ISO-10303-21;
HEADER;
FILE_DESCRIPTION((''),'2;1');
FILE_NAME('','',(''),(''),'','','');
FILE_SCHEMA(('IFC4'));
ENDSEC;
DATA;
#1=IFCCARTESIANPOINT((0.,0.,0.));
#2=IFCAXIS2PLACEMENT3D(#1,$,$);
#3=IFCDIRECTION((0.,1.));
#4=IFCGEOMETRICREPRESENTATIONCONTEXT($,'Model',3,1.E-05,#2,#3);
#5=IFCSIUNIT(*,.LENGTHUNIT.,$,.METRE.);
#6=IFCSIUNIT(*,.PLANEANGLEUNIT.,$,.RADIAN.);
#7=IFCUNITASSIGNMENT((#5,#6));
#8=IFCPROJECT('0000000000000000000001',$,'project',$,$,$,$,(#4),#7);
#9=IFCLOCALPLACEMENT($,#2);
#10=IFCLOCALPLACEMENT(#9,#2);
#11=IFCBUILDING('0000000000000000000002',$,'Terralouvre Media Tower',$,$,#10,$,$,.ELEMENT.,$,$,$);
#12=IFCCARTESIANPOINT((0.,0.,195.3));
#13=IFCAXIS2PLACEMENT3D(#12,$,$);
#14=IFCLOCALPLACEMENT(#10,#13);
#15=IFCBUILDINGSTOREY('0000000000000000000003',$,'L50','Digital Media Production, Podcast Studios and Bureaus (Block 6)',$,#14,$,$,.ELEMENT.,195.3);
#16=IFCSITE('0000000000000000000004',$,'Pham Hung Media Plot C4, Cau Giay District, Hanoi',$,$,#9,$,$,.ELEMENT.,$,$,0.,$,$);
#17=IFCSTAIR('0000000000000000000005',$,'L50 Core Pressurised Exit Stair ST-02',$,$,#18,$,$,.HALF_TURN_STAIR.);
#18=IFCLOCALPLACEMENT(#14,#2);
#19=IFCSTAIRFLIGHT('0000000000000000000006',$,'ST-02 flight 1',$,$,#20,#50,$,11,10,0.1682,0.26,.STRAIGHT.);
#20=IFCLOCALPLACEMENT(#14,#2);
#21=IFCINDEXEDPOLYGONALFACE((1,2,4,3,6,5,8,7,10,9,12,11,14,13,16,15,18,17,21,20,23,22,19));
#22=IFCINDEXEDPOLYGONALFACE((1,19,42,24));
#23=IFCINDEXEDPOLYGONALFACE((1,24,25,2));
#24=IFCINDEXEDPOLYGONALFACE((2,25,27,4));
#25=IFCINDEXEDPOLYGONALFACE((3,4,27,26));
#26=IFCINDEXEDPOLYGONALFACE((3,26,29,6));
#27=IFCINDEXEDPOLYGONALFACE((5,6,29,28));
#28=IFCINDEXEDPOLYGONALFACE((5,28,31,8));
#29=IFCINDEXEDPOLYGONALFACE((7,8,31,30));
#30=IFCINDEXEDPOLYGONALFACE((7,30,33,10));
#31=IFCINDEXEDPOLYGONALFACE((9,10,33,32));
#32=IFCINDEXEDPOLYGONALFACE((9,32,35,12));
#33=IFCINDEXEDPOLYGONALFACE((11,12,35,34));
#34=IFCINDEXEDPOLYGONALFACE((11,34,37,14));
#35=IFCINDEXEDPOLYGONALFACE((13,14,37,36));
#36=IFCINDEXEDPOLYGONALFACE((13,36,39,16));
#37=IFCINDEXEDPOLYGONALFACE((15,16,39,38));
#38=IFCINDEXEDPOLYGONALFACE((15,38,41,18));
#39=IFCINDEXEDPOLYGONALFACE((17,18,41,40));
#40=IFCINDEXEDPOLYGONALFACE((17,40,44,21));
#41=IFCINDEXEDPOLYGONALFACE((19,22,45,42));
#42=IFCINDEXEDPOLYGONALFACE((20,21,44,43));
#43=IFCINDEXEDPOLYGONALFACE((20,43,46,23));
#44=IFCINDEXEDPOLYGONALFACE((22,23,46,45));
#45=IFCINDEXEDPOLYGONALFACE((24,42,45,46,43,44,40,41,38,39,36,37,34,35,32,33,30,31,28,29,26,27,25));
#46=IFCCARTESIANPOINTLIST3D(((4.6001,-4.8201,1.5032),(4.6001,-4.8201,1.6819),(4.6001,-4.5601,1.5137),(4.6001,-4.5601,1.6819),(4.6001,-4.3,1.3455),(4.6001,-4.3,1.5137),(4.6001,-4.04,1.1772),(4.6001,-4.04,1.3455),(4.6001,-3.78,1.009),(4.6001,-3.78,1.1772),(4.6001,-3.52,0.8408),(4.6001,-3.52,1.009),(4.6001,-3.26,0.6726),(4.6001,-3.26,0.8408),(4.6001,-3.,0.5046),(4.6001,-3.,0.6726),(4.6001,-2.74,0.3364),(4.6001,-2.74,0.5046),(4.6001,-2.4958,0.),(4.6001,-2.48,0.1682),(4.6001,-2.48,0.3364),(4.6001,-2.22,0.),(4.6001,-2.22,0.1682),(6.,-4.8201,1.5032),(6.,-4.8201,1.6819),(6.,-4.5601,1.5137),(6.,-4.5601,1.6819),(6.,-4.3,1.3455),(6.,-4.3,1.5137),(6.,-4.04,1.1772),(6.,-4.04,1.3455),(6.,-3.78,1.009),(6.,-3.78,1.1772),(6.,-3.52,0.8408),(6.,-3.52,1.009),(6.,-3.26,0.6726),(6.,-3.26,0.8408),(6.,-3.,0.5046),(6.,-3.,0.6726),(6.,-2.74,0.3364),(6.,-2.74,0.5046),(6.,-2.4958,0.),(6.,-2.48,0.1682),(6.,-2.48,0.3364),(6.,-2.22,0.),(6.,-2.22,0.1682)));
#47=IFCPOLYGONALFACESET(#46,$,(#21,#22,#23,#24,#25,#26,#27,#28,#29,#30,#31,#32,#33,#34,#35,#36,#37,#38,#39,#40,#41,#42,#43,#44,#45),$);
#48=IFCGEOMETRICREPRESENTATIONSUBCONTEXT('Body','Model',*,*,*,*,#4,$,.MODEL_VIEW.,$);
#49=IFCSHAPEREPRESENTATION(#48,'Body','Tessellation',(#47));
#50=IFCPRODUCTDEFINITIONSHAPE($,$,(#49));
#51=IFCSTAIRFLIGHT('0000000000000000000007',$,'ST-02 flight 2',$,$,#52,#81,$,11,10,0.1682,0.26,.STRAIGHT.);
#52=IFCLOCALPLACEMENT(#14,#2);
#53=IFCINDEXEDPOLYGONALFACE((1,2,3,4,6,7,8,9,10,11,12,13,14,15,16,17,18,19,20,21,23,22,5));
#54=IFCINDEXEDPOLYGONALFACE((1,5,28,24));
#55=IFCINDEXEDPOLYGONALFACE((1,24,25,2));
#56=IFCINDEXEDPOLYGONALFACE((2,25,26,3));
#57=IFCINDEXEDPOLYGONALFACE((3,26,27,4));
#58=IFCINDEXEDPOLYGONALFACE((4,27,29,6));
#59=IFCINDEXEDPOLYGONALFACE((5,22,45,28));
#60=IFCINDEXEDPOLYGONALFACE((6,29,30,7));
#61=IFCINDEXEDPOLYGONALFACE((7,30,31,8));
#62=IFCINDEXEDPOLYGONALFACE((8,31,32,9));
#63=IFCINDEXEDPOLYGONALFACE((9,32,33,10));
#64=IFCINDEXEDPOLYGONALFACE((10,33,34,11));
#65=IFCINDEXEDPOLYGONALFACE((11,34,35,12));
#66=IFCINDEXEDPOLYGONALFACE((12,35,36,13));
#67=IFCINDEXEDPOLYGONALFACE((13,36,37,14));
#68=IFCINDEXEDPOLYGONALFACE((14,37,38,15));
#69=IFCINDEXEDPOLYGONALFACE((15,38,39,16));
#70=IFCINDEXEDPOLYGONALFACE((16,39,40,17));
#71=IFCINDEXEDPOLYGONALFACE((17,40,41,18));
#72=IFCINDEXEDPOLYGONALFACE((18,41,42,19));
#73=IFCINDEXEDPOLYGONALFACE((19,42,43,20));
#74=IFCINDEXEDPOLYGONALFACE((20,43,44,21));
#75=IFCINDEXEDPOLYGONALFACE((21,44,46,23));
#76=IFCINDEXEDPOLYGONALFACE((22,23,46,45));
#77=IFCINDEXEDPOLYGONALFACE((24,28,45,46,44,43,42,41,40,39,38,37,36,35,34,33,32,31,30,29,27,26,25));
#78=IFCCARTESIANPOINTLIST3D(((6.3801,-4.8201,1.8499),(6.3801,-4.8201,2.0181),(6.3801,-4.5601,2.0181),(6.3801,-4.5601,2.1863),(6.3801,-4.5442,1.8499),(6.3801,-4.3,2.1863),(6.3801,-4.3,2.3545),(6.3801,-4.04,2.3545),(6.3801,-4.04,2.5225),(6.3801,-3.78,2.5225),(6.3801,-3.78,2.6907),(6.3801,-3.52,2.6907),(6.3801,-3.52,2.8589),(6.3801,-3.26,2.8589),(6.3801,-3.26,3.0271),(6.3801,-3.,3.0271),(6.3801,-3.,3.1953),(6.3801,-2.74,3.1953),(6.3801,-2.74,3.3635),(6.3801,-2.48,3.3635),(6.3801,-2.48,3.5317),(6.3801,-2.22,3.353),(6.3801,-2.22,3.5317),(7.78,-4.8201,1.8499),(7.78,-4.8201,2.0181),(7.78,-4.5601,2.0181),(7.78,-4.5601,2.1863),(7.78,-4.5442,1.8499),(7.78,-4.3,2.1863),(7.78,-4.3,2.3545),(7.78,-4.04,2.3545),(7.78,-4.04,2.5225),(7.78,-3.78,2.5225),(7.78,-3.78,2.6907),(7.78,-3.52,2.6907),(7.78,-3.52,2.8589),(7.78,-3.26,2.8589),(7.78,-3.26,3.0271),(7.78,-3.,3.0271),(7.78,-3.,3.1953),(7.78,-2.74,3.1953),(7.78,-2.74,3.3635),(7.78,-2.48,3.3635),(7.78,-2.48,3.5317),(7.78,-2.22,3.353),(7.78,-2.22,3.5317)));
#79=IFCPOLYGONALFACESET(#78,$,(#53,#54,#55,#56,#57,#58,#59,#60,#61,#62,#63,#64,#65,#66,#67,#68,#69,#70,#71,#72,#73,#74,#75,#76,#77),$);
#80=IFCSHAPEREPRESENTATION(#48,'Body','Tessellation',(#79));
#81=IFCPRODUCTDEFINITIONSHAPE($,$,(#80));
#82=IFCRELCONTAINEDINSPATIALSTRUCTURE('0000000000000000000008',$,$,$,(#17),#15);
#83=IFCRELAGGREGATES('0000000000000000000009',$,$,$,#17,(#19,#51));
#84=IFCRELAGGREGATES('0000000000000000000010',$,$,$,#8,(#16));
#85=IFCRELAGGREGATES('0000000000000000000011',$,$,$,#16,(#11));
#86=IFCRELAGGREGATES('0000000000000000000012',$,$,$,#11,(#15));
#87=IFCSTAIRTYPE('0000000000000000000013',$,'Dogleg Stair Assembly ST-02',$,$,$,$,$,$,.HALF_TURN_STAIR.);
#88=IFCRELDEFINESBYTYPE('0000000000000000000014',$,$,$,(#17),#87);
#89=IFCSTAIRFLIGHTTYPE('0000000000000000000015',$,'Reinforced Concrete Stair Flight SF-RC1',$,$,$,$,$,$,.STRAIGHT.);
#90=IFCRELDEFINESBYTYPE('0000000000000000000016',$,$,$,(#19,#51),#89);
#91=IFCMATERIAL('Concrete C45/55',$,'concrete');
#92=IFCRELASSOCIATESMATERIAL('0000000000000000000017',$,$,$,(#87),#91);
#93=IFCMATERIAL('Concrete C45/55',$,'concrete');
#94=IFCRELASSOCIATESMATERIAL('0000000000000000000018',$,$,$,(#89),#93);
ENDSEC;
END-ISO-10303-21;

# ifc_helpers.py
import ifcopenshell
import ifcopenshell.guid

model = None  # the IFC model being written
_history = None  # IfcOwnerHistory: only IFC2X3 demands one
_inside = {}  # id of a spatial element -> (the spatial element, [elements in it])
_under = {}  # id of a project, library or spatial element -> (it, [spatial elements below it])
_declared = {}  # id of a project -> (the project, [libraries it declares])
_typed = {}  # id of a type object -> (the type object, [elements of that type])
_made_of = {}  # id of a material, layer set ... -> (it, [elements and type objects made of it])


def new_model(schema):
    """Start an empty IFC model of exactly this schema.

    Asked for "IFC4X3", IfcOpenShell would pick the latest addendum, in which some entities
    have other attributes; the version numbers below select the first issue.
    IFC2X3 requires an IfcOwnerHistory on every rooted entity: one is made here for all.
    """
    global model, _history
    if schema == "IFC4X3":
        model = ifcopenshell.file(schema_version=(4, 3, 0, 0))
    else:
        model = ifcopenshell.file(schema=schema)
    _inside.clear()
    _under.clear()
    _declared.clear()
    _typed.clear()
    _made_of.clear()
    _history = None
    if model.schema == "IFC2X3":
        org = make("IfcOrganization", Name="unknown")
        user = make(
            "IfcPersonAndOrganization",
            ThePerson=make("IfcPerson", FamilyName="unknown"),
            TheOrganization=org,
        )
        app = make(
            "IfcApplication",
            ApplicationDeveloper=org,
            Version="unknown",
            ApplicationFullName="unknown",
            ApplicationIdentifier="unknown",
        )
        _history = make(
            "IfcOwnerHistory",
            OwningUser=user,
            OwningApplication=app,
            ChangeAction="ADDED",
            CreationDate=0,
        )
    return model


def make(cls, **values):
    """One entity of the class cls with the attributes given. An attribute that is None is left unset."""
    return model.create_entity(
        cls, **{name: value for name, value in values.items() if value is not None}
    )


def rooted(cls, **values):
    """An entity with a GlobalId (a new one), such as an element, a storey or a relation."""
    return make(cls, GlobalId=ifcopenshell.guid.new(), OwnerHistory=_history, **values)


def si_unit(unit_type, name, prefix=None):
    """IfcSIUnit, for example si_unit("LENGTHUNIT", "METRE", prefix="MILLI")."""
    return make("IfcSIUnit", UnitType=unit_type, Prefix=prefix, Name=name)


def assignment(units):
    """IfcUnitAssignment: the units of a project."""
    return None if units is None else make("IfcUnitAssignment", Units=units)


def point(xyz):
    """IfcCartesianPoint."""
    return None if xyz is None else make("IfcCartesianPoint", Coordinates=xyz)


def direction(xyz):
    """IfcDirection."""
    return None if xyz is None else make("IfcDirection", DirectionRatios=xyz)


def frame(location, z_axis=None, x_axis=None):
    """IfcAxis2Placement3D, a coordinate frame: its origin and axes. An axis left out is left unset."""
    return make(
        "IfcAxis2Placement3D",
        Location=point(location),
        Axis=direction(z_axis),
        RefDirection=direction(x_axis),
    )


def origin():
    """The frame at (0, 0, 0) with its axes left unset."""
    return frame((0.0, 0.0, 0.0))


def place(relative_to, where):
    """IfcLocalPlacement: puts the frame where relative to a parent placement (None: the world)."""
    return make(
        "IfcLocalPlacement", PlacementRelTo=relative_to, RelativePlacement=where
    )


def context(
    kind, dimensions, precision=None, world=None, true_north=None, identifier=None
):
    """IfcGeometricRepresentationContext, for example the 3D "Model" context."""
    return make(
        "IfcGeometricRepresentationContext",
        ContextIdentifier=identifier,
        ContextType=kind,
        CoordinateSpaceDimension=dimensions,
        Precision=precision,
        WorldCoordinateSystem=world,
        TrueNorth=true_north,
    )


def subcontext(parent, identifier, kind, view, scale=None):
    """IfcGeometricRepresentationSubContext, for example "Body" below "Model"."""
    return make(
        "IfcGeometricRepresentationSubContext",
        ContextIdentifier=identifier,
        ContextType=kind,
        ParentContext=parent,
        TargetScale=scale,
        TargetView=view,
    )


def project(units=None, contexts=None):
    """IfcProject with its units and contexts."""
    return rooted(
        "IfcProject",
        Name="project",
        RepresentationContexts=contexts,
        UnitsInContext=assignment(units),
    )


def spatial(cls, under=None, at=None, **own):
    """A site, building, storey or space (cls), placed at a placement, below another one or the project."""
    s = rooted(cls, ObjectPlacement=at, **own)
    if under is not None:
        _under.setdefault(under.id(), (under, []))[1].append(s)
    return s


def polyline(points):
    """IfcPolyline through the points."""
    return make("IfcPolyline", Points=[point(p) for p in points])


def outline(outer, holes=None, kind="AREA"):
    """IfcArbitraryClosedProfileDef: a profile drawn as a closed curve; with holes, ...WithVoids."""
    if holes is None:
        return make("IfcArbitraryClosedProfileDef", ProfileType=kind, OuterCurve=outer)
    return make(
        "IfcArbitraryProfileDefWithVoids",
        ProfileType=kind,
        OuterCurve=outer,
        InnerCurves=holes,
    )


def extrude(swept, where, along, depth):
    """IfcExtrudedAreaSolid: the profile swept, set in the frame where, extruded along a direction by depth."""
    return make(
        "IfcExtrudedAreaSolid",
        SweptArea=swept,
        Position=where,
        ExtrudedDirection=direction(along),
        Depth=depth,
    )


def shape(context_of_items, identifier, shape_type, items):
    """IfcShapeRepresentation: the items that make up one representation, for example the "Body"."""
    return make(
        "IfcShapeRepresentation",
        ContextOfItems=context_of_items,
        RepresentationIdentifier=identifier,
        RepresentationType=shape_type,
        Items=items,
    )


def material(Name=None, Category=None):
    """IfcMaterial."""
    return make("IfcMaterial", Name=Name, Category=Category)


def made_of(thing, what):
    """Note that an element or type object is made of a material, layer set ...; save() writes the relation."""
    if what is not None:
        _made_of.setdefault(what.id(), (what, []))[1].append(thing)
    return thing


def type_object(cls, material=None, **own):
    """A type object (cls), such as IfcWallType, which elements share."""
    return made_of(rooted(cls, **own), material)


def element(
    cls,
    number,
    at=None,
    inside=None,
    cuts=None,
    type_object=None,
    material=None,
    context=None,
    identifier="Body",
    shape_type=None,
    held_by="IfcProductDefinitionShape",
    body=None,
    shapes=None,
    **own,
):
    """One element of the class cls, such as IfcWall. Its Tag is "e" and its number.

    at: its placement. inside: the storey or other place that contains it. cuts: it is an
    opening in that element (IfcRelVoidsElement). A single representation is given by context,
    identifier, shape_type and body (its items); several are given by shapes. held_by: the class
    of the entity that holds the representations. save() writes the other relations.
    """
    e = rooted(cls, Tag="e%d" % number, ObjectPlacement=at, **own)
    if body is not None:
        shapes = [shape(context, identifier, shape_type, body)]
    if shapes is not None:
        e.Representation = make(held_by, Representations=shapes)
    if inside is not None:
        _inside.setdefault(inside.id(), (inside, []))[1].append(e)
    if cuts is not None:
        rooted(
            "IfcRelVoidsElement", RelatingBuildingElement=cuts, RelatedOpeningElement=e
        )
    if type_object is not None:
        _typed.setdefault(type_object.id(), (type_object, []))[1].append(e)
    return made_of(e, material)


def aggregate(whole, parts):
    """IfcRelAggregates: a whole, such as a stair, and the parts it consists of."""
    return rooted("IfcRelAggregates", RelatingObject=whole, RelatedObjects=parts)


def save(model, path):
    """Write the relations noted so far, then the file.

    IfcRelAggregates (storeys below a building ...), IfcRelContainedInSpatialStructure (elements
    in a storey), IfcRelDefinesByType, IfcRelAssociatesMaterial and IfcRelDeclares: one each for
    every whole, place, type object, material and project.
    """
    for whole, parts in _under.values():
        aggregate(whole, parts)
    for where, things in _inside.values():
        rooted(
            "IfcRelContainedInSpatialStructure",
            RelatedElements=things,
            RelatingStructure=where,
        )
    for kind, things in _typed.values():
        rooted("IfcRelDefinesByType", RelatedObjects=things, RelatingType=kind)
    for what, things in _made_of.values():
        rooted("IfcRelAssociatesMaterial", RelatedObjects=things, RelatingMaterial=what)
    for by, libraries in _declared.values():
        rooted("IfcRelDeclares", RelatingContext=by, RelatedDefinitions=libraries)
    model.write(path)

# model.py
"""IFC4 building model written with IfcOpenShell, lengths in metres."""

from ifc_helpers import new_model, si_unit, direction, frame, origin, place, context, subcontext, project, spatial, polyline, outline, extrude, material, type_object, element, aggregate, save


model = new_model("IFC4")

# Units and contexts
model_context = context("Model", 3, precision=1e-05, world=origin(), true_north=direction((0.0, 1.0)))
body_context = subcontext(model_context, "Body", "Model", "MODEL_VIEW")
ifc_project = project(units=[si_unit("LENGTHUNIT", "METRE"), si_unit("PLANEANGLEUNIT", "RADIAN")], contexts=[model_context])

# Site, building, storey
site_placement = place(None, origin())
site = spatial("IfcSite", under=ifc_project, at=site_placement, Name="Pham Hung Media Plot C4, Cau Giay District, Hanoi", CompositionType="ELEMENT", RefElevation=0.0)
building_placement = place(site_placement, origin())
building = spatial("IfcBuilding", under=site, at=building_placement, Name="Terralouvre Media Tower", CompositionType="ELEMENT")
storey_placement = place(building_placement, frame((0.0, 0.0, 195.3)))
storey = spatial("IfcBuildingStorey", under=building, at=storey_placement, Name="L50", Description="Digital Media Production, Podcast Studios and Bureaus (Block 6)", CompositionType="ELEMENT", Elevation=195.3)

# Stair
ifc_material_1 = material(Name="Concrete C45/55", Category="concrete")
stair_type_1 = type_object("IfcStairType", Name="Dogleg Stair Assembly ST-02", PredefinedType="HALF_TURN_STAIR", material=ifc_material_1)
stair_1_placement = place(storey_placement, origin())
stair_1 = element("IfcStair", 1, at=stair_1_placement, inside=storey, type_object=stair_type_1, Name="L50 Core Pressurised Exit Stair ST-02", PredefinedType="HALF_TURN_STAIR")

# Stair flights
ifc_material_2 = material(Name="Concrete C45/55", Category="concrete")
stair_flight_type = type_object("IfcStairFlightType", Name="Reinforced Concrete Stair Flight SF-RC1", PredefinedType="STRAIGHT", material=ifc_material_2)
stair_flight_1_placement = place(storey_placement, frame((5.3, -2.22, 0.0), z_axis=(0.0, 0.0, 1.0), x_axis=(0.0, -1.0, 0.0)))
stair_flight_1 = element("IfcStairFlight", 2, at=stair_flight_1_placement, type_object=stair_flight_type, Name="ST-02 flight 1", NumberOfRisers=11, NumberOfTreads=10, PredefinedType="STRAIGHT", RiserHeight=0.1682, TreadLength=0.26, context=body_context, shape_type="SweptSolid", body=[
    extrude(outline(polyline([(0.0, 0.0), (0.0, 0.1682), (0.26, 0.1682), (0.26, 0.3364), (0.52, 0.3364), (0.52, 0.5046), (0.78, 0.5046), (0.78, 0.6726), (1.04, 0.6726), (1.04, 0.8408), (1.3, 0.8408), (1.3, 1.009), (1.5601, 1.009), (1.5601, 1.1772), (1.8201, 1.1772), (1.8201, 1.3455), (2.0801, 1.3455), (2.0801, 1.5137), (2.3401, 1.5137), (2.3401, 1.6819), (2.6001, 1.6819), (2.6001, 1.8501), (2.6001, 1.5032), (0.2759, 0.0), (0.0, 0.0)])), frame((0.0, 0.7, 0.0), z_axis=(0.0, -1.0, 0.0), x_axis=(1.0, 0.0, 0.0)), (0.0, 0.0, 1.0), 1.3999),
])
stair_flight_2_placement = place(storey_placement, frame((7.0801, -4.8201, 1.8499), z_axis=(0.0, 0.0, 1.0), x_axis=(0.0, 1.0, 0.0)))
stair_flight_2 = element("IfcStairFlight", 3, at=stair_flight_2_placement, type_object=stair_flight_type, Name="ST-02 flight 2", NumberOfRisers=11, NumberOfTreads=10, PredefinedType="STRAIGHT", RiserHeight=0.1682, TreadLength=0.26, context=body_context, shape_type="SweptSolid", body=[
    extrude(outline(polyline([(0.0, 0.0), (0.0, 0.1682), (0.26, 0.1682), (0.26, 0.3364), (0.52, 0.3364), (0.52, 0.5046), (0.78, 0.5046), (0.78, 0.6726), (1.04, 0.6726), (1.04, 0.8408), (1.3, 0.8408), (1.3, 1.009), (1.5601, 1.009), (1.5601, 1.1772), (1.8201, 1.1772), (1.8201, 1.3455), (2.0801, 1.3455), (2.0801, 1.5137), (2.3401, 1.5137), (2.3401, 1.6819), (2.6001, 1.6819), (2.6001, 1.8501), (2.6001, 1.5032), (0.2759, 0.0), (0.0, 0.0)])), frame((0.0, 0.7, 0.0), z_axis=(0.0, -1.0, 0.0), x_axis=(1.0, 0.0, 0.0)), (0.0, 0.0, 1.0), 1.3999),
])
aggregate(stair_1, [stair_flight_1, stair_flight_2])

save(model, "model.ifc")
